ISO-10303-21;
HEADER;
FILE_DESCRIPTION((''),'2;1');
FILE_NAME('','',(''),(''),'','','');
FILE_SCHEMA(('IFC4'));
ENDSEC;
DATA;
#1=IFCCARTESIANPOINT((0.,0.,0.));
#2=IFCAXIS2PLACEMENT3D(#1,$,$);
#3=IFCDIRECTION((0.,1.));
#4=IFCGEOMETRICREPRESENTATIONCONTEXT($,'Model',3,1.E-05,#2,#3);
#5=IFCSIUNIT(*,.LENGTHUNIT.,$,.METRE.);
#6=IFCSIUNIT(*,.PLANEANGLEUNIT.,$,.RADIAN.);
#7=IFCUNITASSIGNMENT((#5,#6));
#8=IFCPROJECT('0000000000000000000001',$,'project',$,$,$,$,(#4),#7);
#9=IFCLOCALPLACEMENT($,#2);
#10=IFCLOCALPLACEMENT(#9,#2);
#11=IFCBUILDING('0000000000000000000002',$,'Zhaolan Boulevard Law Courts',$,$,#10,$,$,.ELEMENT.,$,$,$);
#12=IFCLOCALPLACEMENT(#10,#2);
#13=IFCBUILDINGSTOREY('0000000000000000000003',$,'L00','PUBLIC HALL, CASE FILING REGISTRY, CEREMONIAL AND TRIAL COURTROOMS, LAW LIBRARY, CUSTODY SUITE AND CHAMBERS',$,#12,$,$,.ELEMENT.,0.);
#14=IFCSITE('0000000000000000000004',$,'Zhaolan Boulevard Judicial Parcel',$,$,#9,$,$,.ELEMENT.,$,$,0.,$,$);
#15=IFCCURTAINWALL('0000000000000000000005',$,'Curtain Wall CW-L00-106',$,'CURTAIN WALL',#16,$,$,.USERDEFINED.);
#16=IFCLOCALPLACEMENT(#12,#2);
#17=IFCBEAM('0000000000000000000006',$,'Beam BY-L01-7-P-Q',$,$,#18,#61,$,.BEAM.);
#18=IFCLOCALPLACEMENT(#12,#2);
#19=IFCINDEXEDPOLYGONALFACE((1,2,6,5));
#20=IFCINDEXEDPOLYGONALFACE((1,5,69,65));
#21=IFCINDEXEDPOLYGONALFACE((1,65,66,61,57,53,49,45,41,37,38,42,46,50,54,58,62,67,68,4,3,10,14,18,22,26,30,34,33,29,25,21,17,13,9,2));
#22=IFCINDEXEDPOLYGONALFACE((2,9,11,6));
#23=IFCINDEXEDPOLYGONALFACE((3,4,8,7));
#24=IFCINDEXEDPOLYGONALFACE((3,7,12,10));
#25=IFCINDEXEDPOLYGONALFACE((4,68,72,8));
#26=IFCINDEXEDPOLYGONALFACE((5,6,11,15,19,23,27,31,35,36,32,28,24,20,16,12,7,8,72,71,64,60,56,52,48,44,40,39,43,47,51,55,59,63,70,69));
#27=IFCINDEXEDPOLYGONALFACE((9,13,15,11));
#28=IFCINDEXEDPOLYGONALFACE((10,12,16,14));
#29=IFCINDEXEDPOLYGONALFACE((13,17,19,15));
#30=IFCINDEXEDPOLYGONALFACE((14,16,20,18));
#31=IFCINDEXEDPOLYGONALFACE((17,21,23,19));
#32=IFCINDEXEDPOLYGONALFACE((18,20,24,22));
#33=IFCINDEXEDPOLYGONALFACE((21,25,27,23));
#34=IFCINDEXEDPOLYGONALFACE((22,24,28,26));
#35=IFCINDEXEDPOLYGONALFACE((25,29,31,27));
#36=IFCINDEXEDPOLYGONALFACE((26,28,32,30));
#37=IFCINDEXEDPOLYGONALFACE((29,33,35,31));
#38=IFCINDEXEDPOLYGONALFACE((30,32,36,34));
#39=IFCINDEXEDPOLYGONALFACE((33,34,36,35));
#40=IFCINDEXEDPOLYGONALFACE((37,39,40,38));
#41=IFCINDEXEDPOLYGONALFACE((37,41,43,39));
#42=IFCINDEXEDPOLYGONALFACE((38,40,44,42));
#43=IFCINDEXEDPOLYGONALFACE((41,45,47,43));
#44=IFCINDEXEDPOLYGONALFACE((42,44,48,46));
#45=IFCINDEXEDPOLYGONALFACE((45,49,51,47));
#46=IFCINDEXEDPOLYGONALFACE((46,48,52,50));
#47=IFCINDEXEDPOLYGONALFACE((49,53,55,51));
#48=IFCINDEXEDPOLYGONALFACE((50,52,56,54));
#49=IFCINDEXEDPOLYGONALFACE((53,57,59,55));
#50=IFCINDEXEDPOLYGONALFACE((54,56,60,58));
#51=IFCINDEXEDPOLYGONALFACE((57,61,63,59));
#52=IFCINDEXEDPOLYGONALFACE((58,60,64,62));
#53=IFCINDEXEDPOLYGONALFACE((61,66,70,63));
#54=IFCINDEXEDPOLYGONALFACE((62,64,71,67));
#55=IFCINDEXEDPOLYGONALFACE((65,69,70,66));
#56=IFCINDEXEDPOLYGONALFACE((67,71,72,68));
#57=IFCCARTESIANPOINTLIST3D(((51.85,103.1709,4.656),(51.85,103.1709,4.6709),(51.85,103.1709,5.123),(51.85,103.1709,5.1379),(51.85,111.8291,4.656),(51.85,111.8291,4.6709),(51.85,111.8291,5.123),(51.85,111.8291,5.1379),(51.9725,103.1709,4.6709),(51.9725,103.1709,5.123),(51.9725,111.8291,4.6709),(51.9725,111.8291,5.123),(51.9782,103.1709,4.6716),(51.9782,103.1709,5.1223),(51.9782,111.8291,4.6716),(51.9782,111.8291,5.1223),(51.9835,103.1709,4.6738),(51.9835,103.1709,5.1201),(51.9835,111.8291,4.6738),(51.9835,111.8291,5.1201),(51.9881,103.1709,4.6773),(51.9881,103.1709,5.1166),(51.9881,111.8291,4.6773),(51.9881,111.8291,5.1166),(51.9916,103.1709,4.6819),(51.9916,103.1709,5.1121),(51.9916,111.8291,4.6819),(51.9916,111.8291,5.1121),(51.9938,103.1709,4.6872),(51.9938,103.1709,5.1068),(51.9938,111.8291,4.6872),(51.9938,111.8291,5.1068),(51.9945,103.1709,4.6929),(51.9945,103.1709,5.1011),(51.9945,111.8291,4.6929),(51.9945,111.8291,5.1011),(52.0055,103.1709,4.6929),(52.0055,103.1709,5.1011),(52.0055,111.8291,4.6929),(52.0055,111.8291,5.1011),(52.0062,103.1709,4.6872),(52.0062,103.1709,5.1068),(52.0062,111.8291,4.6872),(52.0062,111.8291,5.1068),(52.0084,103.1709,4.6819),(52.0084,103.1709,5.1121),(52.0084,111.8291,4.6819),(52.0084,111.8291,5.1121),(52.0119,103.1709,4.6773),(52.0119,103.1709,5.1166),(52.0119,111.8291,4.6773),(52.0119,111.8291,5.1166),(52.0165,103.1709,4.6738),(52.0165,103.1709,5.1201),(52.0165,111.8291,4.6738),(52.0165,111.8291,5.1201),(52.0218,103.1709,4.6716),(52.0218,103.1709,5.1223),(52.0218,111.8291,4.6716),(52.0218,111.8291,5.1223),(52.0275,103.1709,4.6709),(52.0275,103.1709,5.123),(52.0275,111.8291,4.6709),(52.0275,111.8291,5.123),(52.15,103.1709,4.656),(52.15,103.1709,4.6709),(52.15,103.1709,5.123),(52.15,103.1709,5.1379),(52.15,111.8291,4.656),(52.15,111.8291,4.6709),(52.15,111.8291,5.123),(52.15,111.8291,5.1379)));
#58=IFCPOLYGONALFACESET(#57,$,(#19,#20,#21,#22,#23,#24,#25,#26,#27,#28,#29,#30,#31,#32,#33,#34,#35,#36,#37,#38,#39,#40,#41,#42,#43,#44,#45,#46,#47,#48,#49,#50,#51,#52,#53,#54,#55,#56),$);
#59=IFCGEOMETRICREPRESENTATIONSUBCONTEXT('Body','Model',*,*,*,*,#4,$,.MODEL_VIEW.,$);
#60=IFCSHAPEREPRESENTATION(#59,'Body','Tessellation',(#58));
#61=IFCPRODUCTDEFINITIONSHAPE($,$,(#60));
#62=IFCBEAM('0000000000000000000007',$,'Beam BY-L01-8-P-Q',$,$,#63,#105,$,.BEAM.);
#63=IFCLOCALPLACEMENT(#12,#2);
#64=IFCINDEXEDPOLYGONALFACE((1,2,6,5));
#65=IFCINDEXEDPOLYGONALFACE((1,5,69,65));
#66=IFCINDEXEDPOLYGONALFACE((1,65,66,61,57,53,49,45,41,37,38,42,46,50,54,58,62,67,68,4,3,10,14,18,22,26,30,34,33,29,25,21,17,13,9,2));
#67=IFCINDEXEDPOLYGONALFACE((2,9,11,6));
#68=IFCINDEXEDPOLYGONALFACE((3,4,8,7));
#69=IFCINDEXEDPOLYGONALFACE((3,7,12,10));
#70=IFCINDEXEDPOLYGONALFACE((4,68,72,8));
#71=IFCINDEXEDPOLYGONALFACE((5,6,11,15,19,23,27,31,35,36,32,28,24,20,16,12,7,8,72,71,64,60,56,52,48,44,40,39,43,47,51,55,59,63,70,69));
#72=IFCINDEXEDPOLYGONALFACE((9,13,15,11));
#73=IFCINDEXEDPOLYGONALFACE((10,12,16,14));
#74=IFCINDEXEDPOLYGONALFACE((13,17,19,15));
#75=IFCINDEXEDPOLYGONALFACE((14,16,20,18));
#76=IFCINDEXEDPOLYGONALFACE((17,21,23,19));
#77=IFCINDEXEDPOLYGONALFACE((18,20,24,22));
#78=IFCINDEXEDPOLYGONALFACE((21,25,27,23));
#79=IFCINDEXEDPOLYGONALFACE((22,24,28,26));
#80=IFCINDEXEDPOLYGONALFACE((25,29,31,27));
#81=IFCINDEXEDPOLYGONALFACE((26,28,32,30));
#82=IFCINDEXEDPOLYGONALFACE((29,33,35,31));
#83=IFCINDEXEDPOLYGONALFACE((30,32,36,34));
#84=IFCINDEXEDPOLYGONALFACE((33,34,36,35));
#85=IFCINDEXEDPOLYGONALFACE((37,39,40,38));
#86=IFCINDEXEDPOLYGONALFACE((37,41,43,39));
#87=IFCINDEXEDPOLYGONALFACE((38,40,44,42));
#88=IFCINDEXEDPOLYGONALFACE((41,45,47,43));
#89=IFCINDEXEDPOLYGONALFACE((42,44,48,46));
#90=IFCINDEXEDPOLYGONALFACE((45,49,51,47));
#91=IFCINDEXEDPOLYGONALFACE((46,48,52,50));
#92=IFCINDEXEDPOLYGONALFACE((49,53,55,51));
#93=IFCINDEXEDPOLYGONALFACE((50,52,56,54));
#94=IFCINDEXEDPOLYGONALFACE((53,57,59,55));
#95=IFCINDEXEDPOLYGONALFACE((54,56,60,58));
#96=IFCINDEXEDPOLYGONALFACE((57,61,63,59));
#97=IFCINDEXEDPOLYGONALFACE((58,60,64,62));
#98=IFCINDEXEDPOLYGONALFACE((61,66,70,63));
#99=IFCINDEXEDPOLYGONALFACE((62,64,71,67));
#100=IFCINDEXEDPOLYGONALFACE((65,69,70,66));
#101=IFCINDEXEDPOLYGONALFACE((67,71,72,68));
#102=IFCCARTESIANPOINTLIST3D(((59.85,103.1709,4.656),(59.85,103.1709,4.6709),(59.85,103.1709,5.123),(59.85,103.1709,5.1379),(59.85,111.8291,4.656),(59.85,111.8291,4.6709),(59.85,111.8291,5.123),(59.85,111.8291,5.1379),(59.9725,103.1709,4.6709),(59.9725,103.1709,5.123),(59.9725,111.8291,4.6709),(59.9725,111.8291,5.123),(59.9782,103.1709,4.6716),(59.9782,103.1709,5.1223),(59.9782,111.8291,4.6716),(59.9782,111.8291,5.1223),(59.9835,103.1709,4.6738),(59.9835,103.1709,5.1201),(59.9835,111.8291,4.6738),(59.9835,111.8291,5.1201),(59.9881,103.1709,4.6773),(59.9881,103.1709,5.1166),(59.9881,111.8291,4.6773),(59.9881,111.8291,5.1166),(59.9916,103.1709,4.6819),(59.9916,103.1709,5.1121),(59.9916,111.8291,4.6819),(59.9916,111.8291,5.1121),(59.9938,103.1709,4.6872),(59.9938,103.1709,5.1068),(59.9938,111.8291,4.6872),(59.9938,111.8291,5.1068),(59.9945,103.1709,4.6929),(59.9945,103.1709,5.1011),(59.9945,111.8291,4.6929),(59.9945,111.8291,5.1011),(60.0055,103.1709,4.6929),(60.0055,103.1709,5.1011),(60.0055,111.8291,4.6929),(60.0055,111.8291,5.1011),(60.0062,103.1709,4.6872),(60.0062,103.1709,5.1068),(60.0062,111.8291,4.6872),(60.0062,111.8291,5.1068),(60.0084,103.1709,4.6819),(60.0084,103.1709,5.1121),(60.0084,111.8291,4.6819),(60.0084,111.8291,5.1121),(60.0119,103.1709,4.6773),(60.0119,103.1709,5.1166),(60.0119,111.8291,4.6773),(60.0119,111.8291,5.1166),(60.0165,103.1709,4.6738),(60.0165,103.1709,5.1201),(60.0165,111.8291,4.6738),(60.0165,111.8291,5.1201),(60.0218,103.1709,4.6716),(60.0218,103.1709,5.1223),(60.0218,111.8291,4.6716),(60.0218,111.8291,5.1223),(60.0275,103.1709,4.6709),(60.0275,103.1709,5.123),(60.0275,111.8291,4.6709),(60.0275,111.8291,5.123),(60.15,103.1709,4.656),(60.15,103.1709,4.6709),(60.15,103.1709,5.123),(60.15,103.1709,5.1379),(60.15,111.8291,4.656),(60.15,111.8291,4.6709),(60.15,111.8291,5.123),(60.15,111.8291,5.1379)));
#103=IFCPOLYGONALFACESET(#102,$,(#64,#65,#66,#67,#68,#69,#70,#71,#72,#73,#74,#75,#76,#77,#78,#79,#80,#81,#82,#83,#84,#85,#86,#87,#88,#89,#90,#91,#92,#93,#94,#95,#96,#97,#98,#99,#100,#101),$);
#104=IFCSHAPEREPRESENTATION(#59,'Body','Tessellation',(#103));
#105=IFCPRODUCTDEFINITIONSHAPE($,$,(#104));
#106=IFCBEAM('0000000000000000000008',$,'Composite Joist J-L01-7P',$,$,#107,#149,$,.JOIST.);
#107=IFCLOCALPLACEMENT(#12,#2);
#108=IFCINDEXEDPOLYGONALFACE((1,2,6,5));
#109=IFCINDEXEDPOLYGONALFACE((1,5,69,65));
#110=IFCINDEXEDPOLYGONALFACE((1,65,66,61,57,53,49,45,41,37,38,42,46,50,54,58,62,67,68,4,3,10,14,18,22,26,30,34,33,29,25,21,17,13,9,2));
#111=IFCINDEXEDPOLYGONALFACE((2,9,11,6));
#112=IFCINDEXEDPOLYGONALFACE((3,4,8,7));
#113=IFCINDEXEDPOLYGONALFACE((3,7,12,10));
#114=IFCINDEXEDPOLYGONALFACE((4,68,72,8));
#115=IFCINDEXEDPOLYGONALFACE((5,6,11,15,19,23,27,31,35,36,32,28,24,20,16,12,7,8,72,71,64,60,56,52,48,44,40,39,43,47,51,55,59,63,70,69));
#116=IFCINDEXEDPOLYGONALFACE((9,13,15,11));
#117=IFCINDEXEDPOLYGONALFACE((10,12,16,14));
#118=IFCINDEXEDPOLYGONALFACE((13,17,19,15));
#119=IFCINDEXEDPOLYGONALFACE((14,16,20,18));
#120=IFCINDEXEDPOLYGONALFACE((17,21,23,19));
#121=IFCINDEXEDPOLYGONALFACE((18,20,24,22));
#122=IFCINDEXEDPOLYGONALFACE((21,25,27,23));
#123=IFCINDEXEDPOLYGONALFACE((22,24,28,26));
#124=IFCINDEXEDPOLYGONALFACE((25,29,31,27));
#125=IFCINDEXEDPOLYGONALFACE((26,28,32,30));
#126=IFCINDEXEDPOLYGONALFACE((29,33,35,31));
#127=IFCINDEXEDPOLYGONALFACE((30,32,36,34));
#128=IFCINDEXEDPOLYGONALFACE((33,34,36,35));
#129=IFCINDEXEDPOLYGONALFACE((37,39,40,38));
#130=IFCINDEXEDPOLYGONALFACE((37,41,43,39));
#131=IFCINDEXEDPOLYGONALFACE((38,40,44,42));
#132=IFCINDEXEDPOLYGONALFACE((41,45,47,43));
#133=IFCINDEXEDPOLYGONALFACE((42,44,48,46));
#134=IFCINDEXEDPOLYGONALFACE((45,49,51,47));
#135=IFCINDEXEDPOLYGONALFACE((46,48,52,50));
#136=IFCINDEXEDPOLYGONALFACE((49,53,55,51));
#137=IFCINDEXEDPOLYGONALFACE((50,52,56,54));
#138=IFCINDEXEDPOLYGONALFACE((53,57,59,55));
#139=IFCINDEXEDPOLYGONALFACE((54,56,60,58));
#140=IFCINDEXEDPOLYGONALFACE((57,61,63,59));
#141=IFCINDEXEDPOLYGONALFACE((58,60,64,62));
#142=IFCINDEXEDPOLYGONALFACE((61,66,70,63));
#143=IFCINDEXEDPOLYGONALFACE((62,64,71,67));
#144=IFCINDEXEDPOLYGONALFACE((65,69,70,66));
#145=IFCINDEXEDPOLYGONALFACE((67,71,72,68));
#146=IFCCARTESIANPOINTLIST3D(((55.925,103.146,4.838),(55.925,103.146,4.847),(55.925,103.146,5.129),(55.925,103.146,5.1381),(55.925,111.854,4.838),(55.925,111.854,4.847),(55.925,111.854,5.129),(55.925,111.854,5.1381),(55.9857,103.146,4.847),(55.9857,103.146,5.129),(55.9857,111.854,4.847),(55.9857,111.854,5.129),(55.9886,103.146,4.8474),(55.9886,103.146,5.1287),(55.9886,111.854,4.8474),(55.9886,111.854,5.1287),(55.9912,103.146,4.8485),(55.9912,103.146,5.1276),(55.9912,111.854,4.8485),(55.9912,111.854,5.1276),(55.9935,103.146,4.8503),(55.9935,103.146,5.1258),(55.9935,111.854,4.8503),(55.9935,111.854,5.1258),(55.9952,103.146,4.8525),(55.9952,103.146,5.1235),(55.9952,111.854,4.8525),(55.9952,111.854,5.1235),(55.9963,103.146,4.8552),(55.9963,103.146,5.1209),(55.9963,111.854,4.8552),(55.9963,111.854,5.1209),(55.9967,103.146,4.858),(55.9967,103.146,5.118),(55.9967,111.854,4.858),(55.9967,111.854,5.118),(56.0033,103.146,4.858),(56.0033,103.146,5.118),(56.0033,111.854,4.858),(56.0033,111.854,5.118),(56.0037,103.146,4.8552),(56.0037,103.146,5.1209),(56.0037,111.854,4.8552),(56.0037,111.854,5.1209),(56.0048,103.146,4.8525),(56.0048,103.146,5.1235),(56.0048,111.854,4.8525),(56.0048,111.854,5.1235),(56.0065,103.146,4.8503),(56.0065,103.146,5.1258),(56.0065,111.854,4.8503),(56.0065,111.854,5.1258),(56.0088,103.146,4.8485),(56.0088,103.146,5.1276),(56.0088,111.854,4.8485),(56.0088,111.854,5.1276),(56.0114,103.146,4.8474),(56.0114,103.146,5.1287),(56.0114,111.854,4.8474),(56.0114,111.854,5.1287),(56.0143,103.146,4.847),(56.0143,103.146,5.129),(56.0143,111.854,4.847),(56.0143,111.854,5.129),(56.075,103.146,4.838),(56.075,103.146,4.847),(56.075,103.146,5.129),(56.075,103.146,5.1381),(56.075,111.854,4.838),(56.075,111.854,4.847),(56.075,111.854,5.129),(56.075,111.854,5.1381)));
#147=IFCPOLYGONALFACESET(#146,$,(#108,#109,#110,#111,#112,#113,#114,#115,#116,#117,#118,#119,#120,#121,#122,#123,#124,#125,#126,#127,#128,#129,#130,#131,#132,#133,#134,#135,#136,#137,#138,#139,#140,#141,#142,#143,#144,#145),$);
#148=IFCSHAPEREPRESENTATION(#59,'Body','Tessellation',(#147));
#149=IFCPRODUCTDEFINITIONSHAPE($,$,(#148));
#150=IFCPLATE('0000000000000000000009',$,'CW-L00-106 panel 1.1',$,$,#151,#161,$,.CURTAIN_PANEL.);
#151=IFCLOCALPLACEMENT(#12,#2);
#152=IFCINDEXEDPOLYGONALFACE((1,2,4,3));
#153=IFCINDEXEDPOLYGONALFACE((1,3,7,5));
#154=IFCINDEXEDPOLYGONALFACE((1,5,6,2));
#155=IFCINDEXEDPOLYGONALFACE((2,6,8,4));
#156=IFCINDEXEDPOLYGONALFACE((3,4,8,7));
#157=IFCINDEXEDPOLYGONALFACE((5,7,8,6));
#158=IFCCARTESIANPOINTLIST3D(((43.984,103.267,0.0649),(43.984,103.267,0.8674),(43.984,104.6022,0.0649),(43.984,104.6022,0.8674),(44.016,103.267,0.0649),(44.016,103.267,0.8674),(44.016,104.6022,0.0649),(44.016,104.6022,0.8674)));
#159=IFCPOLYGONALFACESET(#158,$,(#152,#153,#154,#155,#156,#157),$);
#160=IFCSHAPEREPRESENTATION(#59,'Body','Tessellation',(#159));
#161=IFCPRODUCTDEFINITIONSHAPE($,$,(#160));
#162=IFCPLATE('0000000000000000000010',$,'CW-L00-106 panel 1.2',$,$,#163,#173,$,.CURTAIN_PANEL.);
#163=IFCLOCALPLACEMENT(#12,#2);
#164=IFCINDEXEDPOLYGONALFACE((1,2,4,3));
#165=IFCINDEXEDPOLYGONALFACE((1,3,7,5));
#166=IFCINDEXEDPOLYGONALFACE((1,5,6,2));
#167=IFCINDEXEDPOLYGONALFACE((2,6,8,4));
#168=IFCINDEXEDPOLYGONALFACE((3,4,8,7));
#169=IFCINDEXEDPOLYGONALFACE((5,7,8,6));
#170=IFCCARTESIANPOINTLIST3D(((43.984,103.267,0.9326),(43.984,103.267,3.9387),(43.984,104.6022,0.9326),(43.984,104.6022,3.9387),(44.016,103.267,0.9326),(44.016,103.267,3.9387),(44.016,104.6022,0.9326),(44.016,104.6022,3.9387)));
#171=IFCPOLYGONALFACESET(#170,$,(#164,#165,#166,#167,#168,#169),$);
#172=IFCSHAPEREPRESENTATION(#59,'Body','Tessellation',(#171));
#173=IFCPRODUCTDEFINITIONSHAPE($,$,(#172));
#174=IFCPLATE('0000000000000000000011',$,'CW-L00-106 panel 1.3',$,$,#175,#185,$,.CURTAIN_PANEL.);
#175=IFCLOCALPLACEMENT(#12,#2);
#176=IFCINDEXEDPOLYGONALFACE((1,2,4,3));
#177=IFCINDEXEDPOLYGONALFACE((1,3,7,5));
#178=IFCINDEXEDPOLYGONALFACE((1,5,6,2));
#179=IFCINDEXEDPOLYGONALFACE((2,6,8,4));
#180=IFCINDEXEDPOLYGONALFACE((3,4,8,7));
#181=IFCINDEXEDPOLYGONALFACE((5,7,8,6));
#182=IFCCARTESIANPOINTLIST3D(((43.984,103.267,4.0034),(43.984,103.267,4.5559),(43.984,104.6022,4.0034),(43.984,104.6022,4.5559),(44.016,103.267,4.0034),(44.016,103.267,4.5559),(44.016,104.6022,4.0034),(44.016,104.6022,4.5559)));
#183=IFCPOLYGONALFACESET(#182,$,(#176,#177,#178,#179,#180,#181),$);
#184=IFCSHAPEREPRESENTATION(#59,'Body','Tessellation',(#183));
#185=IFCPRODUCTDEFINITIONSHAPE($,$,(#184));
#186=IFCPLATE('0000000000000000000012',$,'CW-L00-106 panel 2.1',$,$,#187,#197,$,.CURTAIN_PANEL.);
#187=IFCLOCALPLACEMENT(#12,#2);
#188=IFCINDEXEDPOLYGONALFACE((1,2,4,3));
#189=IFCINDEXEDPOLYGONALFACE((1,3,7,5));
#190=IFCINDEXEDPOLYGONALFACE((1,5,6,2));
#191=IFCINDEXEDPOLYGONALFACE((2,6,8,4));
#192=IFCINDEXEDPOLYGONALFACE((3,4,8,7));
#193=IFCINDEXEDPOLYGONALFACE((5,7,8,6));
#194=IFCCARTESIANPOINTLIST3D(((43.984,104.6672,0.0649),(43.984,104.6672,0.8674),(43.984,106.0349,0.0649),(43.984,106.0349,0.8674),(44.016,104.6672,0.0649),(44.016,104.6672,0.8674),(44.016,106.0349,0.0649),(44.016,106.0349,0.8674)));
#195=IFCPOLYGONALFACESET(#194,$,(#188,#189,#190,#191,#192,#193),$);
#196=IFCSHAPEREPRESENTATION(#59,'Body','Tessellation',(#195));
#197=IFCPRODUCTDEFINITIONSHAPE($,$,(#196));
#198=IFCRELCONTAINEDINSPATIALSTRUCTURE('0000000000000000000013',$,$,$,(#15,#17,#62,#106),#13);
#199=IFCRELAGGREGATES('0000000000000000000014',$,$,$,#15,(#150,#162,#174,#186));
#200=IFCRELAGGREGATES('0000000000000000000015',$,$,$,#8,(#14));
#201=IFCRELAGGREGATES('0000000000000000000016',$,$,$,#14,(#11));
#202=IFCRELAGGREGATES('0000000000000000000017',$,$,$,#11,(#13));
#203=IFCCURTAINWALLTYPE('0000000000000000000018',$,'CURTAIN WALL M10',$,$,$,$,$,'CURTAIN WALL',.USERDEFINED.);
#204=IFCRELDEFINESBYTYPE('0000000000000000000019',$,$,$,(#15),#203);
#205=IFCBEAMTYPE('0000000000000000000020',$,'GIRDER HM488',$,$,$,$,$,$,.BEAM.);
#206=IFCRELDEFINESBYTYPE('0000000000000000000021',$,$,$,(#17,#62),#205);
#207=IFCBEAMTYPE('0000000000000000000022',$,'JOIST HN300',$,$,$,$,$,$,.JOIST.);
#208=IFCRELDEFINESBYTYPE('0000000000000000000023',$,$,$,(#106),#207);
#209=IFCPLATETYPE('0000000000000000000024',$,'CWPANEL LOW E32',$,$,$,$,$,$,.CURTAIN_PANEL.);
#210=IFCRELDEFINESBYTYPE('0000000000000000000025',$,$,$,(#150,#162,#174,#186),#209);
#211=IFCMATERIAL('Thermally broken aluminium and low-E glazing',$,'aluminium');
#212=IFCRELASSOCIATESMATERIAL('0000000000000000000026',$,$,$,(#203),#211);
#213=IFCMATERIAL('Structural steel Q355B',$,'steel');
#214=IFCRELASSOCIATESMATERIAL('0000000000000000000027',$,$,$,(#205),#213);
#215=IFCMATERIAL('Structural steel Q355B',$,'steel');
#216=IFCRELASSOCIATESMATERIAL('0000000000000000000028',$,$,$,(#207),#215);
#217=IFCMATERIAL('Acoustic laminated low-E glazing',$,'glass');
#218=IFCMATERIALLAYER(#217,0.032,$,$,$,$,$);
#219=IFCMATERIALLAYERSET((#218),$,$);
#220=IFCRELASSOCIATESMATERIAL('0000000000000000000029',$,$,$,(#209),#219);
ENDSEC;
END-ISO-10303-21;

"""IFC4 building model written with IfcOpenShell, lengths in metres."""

from ifc_helpers import new_model, si_unit, direction, frame, origin, origin_2d, place, context, subcontext, project, spatial, rectangle, i_section, extrude, material, layer, layer_set, material_profile, profile_set, type_object, element, aggregate, save


model = new_model("IFC4")

# Units and contexts
model_context = context("Model", 3, precision=1e-05, world=origin(), true_north=direction((0.0, 1.0)))
body_context = subcontext(model_context, "Body", "Model", "MODEL_VIEW")
ifc_project = project(units=[si_unit("LENGTHUNIT", "METRE"), si_unit("PLANEANGLEUNIT", "RADIAN")], contexts=[model_context])

# Site, building, storey
site_placement = place(None, origin())
site = spatial("IfcSite", under=ifc_project, at=site_placement, Name="Zhaolan Boulevard Judicial Parcel", CompositionType="ELEMENT", RefElevation=0.0)
building_placement = place(site_placement, origin())
building = spatial("IfcBuilding", under=site, at=building_placement, Name="Zhaolan Boulevard Law Courts", CompositionType="ELEMENT")
storey_placement = place(building_placement, origin())
storey = spatial("IfcBuildingStorey", under=building, at=storey_placement, Name="L00", Description="PUBLIC HALL, CASE FILING REGISTRY, CEREMONIAL AND TRIAL COURTROOMS, LAW LIBRARY, CUSTODY SUITE AND CHAMBERS", CompositionType="ELEMENT", Elevation=0.0)

# Curtain wall
ifc_material_1 = material(Name="Thermally broken aluminium and low-E glazing", Category="aluminium")
curtain_wall_type = type_object("IfcCurtainWallType", Name="CURTAIN WALL M10", ElementType="CURTAIN WALL", PredefinedType="USERDEFINED", material=ifc_material_1)
curtain_wall_placement = place(storey_placement, origin())
curtain_wall = element("IfcCurtainWall", 1, at=curtain_wall_placement, inside=storey, type_object=curtain_wall_type, Name="Curtain Wall CW-L00-106", ObjectType="CURTAIN WALL", PredefinedType="USERDEFINED")

# Beams
ifc_material_2 = material(Name="Structural steel Q355B", Category="steel")
ifc_material_profile_1 = material_profile(ifc_material_2, i_section(OverallWidth=0.3, OverallDepth=0.4819, WebThickness=0.011, FlangeThickness=0.0149, FilletRadius=0.022, at=origin_2d()), Name="HM482x300")
ifc_profile_set_1 = profile_set([ifc_material_profile_1], Name="Structural steel Q355B")
beam_type_1 = type_object("IfcBeamType", Name="GIRDER HM488", PredefinedType="BEAM", material=ifc_profile_set_1)
for number, where, z_axis, x_axis, name in (
    (2, (52.0, 103.1709, 4.897), (0.0, 1.0, 0.0), (-1.0, 0.0, 0.0), "Beam BY-L01-7-P-Q"),
    (3, (60.0, 103.1709, 4.897), (0.0, 1.0, 0.0), (-1.0, 0.0, 0.0), "Beam BY-L01-8-P-Q"),
):
    element("IfcBeam", number, at=place(storey_placement, frame(where, z_axis=z_axis, x_axis=x_axis)), inside=storey, type_object=beam_type_1, Name=name, PredefinedType="BEAM", context=body_context, shape_type="SweptSolid", body=[
        extrude(i_section(OverallWidth=0.3, OverallDepth=0.4819, WebThickness=0.011, FlangeThickness=0.0149, FilletRadius=0.022, at=origin_2d()), origin(), (0.0, 0.0, 1.0), 8.6582),
    ])
ifc_material_3 = material(Name="Structural steel Q355B", Category="steel")
ifc_material_profile_2 = material_profile(ifc_material_3, i_section(OverallWidth=0.1499, OverallDepth=0.3, WebThickness=0.0066, FlangeThickness=0.009, FilletRadius=0.011, at=origin_2d()), Name="HN300x150")
ifc_profile_set_2 = profile_set([ifc_material_profile_2], Name="Structural steel Q355B")
beam_type_2 = type_object("IfcBeamType", Name="JOIST HN300", PredefinedType="JOIST", material=ifc_profile_set_2)
beam_1_placement = place(storey_placement, frame((56.0, 103.146, 4.988), z_axis=(0.0, 1.0, 0.0), x_axis=(-1.0, 0.0, 0.0)))
element("IfcBeam", 4, at=beam_1_placement, inside=storey, type_object=beam_type_2, Name="Composite Joist J-L01-7P", PredefinedType="JOIST", context=body_context, shape_type="SweptSolid", body=[
    extrude(i_section(OverallWidth=0.1499, OverallDepth=0.3, WebThickness=0.0066, FlangeThickness=0.009, FilletRadius=0.011, at=origin_2d()), origin(), (0.0, 0.0, 1.0), 8.708),
])

# Plates
ifc_material_4 = material(Name="Acoustic laminated low-E glazing", Category="glass")
ifc_layer_1 = layer(ifc_material_4, 0.032)
ifc_layer_set_1 = layer_set([ifc_layer_1])
plate_type = type_object("IfcPlateType", Name="CWPANEL LOW E32", PredefinedType="CURTAIN_PANEL", material=ifc_layer_set_1)
plate_1_placement = place(storey_placement, frame((44.0, 103.9346, 0.0649), z_axis=(0.0, 0.0, 1.0), x_axis=(0.0, 1.0, 0.0)))
plate_1 = element("IfcPlate", 5, at=plate_1_placement, type_object=plate_type, Name="CW-L00-106 panel 1.1", PredefinedType="CURTAIN_PANEL", context=body_context, shape_type="SweptSolid", body=[
    extrude(rectangle(XDim=1.3352, YDim=0.032, at=origin_2d()), origin(), (0.0, 0.0, 1.0), 0.8025),
])
plate_2_placement = place(storey_placement, frame((44.0, 103.9346, 0.9326), z_axis=(0.0, 0.0, 1.0), x_axis=(0.0, 1.0, 0.0)))
plate_2 = element("IfcPlate", 6, at=plate_2_placement, type_object=plate_type, Name="CW-L00-106 panel 1.2", PredefinedType="CURTAIN_PANEL", context=body_context, shape_type="SweptSolid", body=[
    extrude(rectangle(XDim=1.3352, YDim=0.032, at=origin_2d()), origin(), (0.0, 0.0, 1.0), 3.0061),
])
plate_3_placement = place(storey_placement, frame((44.0, 103.9346, 4.0034), z_axis=(0.0, 0.0, 1.0), x_axis=(0.0, 1.0, 0.0)))
plate_3 = element("IfcPlate", 7, at=plate_3_placement, type_object=plate_type, Name="CW-L00-106 panel 1.3", PredefinedType="CURTAIN_PANEL", context=body_context, shape_type="SweptSolid", body=[
    extrude(rectangle(XDim=1.3352, YDim=0.032, at=origin_2d()), origin(), (0.0, 0.0, 1.0), 0.5525),
])
plate_4_placement = place(storey_placement, frame((44.0, 105.3511, 0.0649), z_axis=(0.0, 0.0, 1.0), x_axis=(0.0, 1.0, 0.0)))
plate_4 = element("IfcPlate", 8, at=plate_4_placement, type_object=plate_type, Name="CW-L00-106 panel 2.1", PredefinedType="CURTAIN_PANEL", context=body_context, shape_type="SweptSolid", body=[
    extrude(rectangle(XDim=1.3677, YDim=0.032, at=origin_2d()), origin(), (0.0, 0.0, 1.0), 0.8025),
])
aggregate(curtain_wall, [plate_1, plate_2, plate_3, plate_4])

save(model, "model.ifc")
